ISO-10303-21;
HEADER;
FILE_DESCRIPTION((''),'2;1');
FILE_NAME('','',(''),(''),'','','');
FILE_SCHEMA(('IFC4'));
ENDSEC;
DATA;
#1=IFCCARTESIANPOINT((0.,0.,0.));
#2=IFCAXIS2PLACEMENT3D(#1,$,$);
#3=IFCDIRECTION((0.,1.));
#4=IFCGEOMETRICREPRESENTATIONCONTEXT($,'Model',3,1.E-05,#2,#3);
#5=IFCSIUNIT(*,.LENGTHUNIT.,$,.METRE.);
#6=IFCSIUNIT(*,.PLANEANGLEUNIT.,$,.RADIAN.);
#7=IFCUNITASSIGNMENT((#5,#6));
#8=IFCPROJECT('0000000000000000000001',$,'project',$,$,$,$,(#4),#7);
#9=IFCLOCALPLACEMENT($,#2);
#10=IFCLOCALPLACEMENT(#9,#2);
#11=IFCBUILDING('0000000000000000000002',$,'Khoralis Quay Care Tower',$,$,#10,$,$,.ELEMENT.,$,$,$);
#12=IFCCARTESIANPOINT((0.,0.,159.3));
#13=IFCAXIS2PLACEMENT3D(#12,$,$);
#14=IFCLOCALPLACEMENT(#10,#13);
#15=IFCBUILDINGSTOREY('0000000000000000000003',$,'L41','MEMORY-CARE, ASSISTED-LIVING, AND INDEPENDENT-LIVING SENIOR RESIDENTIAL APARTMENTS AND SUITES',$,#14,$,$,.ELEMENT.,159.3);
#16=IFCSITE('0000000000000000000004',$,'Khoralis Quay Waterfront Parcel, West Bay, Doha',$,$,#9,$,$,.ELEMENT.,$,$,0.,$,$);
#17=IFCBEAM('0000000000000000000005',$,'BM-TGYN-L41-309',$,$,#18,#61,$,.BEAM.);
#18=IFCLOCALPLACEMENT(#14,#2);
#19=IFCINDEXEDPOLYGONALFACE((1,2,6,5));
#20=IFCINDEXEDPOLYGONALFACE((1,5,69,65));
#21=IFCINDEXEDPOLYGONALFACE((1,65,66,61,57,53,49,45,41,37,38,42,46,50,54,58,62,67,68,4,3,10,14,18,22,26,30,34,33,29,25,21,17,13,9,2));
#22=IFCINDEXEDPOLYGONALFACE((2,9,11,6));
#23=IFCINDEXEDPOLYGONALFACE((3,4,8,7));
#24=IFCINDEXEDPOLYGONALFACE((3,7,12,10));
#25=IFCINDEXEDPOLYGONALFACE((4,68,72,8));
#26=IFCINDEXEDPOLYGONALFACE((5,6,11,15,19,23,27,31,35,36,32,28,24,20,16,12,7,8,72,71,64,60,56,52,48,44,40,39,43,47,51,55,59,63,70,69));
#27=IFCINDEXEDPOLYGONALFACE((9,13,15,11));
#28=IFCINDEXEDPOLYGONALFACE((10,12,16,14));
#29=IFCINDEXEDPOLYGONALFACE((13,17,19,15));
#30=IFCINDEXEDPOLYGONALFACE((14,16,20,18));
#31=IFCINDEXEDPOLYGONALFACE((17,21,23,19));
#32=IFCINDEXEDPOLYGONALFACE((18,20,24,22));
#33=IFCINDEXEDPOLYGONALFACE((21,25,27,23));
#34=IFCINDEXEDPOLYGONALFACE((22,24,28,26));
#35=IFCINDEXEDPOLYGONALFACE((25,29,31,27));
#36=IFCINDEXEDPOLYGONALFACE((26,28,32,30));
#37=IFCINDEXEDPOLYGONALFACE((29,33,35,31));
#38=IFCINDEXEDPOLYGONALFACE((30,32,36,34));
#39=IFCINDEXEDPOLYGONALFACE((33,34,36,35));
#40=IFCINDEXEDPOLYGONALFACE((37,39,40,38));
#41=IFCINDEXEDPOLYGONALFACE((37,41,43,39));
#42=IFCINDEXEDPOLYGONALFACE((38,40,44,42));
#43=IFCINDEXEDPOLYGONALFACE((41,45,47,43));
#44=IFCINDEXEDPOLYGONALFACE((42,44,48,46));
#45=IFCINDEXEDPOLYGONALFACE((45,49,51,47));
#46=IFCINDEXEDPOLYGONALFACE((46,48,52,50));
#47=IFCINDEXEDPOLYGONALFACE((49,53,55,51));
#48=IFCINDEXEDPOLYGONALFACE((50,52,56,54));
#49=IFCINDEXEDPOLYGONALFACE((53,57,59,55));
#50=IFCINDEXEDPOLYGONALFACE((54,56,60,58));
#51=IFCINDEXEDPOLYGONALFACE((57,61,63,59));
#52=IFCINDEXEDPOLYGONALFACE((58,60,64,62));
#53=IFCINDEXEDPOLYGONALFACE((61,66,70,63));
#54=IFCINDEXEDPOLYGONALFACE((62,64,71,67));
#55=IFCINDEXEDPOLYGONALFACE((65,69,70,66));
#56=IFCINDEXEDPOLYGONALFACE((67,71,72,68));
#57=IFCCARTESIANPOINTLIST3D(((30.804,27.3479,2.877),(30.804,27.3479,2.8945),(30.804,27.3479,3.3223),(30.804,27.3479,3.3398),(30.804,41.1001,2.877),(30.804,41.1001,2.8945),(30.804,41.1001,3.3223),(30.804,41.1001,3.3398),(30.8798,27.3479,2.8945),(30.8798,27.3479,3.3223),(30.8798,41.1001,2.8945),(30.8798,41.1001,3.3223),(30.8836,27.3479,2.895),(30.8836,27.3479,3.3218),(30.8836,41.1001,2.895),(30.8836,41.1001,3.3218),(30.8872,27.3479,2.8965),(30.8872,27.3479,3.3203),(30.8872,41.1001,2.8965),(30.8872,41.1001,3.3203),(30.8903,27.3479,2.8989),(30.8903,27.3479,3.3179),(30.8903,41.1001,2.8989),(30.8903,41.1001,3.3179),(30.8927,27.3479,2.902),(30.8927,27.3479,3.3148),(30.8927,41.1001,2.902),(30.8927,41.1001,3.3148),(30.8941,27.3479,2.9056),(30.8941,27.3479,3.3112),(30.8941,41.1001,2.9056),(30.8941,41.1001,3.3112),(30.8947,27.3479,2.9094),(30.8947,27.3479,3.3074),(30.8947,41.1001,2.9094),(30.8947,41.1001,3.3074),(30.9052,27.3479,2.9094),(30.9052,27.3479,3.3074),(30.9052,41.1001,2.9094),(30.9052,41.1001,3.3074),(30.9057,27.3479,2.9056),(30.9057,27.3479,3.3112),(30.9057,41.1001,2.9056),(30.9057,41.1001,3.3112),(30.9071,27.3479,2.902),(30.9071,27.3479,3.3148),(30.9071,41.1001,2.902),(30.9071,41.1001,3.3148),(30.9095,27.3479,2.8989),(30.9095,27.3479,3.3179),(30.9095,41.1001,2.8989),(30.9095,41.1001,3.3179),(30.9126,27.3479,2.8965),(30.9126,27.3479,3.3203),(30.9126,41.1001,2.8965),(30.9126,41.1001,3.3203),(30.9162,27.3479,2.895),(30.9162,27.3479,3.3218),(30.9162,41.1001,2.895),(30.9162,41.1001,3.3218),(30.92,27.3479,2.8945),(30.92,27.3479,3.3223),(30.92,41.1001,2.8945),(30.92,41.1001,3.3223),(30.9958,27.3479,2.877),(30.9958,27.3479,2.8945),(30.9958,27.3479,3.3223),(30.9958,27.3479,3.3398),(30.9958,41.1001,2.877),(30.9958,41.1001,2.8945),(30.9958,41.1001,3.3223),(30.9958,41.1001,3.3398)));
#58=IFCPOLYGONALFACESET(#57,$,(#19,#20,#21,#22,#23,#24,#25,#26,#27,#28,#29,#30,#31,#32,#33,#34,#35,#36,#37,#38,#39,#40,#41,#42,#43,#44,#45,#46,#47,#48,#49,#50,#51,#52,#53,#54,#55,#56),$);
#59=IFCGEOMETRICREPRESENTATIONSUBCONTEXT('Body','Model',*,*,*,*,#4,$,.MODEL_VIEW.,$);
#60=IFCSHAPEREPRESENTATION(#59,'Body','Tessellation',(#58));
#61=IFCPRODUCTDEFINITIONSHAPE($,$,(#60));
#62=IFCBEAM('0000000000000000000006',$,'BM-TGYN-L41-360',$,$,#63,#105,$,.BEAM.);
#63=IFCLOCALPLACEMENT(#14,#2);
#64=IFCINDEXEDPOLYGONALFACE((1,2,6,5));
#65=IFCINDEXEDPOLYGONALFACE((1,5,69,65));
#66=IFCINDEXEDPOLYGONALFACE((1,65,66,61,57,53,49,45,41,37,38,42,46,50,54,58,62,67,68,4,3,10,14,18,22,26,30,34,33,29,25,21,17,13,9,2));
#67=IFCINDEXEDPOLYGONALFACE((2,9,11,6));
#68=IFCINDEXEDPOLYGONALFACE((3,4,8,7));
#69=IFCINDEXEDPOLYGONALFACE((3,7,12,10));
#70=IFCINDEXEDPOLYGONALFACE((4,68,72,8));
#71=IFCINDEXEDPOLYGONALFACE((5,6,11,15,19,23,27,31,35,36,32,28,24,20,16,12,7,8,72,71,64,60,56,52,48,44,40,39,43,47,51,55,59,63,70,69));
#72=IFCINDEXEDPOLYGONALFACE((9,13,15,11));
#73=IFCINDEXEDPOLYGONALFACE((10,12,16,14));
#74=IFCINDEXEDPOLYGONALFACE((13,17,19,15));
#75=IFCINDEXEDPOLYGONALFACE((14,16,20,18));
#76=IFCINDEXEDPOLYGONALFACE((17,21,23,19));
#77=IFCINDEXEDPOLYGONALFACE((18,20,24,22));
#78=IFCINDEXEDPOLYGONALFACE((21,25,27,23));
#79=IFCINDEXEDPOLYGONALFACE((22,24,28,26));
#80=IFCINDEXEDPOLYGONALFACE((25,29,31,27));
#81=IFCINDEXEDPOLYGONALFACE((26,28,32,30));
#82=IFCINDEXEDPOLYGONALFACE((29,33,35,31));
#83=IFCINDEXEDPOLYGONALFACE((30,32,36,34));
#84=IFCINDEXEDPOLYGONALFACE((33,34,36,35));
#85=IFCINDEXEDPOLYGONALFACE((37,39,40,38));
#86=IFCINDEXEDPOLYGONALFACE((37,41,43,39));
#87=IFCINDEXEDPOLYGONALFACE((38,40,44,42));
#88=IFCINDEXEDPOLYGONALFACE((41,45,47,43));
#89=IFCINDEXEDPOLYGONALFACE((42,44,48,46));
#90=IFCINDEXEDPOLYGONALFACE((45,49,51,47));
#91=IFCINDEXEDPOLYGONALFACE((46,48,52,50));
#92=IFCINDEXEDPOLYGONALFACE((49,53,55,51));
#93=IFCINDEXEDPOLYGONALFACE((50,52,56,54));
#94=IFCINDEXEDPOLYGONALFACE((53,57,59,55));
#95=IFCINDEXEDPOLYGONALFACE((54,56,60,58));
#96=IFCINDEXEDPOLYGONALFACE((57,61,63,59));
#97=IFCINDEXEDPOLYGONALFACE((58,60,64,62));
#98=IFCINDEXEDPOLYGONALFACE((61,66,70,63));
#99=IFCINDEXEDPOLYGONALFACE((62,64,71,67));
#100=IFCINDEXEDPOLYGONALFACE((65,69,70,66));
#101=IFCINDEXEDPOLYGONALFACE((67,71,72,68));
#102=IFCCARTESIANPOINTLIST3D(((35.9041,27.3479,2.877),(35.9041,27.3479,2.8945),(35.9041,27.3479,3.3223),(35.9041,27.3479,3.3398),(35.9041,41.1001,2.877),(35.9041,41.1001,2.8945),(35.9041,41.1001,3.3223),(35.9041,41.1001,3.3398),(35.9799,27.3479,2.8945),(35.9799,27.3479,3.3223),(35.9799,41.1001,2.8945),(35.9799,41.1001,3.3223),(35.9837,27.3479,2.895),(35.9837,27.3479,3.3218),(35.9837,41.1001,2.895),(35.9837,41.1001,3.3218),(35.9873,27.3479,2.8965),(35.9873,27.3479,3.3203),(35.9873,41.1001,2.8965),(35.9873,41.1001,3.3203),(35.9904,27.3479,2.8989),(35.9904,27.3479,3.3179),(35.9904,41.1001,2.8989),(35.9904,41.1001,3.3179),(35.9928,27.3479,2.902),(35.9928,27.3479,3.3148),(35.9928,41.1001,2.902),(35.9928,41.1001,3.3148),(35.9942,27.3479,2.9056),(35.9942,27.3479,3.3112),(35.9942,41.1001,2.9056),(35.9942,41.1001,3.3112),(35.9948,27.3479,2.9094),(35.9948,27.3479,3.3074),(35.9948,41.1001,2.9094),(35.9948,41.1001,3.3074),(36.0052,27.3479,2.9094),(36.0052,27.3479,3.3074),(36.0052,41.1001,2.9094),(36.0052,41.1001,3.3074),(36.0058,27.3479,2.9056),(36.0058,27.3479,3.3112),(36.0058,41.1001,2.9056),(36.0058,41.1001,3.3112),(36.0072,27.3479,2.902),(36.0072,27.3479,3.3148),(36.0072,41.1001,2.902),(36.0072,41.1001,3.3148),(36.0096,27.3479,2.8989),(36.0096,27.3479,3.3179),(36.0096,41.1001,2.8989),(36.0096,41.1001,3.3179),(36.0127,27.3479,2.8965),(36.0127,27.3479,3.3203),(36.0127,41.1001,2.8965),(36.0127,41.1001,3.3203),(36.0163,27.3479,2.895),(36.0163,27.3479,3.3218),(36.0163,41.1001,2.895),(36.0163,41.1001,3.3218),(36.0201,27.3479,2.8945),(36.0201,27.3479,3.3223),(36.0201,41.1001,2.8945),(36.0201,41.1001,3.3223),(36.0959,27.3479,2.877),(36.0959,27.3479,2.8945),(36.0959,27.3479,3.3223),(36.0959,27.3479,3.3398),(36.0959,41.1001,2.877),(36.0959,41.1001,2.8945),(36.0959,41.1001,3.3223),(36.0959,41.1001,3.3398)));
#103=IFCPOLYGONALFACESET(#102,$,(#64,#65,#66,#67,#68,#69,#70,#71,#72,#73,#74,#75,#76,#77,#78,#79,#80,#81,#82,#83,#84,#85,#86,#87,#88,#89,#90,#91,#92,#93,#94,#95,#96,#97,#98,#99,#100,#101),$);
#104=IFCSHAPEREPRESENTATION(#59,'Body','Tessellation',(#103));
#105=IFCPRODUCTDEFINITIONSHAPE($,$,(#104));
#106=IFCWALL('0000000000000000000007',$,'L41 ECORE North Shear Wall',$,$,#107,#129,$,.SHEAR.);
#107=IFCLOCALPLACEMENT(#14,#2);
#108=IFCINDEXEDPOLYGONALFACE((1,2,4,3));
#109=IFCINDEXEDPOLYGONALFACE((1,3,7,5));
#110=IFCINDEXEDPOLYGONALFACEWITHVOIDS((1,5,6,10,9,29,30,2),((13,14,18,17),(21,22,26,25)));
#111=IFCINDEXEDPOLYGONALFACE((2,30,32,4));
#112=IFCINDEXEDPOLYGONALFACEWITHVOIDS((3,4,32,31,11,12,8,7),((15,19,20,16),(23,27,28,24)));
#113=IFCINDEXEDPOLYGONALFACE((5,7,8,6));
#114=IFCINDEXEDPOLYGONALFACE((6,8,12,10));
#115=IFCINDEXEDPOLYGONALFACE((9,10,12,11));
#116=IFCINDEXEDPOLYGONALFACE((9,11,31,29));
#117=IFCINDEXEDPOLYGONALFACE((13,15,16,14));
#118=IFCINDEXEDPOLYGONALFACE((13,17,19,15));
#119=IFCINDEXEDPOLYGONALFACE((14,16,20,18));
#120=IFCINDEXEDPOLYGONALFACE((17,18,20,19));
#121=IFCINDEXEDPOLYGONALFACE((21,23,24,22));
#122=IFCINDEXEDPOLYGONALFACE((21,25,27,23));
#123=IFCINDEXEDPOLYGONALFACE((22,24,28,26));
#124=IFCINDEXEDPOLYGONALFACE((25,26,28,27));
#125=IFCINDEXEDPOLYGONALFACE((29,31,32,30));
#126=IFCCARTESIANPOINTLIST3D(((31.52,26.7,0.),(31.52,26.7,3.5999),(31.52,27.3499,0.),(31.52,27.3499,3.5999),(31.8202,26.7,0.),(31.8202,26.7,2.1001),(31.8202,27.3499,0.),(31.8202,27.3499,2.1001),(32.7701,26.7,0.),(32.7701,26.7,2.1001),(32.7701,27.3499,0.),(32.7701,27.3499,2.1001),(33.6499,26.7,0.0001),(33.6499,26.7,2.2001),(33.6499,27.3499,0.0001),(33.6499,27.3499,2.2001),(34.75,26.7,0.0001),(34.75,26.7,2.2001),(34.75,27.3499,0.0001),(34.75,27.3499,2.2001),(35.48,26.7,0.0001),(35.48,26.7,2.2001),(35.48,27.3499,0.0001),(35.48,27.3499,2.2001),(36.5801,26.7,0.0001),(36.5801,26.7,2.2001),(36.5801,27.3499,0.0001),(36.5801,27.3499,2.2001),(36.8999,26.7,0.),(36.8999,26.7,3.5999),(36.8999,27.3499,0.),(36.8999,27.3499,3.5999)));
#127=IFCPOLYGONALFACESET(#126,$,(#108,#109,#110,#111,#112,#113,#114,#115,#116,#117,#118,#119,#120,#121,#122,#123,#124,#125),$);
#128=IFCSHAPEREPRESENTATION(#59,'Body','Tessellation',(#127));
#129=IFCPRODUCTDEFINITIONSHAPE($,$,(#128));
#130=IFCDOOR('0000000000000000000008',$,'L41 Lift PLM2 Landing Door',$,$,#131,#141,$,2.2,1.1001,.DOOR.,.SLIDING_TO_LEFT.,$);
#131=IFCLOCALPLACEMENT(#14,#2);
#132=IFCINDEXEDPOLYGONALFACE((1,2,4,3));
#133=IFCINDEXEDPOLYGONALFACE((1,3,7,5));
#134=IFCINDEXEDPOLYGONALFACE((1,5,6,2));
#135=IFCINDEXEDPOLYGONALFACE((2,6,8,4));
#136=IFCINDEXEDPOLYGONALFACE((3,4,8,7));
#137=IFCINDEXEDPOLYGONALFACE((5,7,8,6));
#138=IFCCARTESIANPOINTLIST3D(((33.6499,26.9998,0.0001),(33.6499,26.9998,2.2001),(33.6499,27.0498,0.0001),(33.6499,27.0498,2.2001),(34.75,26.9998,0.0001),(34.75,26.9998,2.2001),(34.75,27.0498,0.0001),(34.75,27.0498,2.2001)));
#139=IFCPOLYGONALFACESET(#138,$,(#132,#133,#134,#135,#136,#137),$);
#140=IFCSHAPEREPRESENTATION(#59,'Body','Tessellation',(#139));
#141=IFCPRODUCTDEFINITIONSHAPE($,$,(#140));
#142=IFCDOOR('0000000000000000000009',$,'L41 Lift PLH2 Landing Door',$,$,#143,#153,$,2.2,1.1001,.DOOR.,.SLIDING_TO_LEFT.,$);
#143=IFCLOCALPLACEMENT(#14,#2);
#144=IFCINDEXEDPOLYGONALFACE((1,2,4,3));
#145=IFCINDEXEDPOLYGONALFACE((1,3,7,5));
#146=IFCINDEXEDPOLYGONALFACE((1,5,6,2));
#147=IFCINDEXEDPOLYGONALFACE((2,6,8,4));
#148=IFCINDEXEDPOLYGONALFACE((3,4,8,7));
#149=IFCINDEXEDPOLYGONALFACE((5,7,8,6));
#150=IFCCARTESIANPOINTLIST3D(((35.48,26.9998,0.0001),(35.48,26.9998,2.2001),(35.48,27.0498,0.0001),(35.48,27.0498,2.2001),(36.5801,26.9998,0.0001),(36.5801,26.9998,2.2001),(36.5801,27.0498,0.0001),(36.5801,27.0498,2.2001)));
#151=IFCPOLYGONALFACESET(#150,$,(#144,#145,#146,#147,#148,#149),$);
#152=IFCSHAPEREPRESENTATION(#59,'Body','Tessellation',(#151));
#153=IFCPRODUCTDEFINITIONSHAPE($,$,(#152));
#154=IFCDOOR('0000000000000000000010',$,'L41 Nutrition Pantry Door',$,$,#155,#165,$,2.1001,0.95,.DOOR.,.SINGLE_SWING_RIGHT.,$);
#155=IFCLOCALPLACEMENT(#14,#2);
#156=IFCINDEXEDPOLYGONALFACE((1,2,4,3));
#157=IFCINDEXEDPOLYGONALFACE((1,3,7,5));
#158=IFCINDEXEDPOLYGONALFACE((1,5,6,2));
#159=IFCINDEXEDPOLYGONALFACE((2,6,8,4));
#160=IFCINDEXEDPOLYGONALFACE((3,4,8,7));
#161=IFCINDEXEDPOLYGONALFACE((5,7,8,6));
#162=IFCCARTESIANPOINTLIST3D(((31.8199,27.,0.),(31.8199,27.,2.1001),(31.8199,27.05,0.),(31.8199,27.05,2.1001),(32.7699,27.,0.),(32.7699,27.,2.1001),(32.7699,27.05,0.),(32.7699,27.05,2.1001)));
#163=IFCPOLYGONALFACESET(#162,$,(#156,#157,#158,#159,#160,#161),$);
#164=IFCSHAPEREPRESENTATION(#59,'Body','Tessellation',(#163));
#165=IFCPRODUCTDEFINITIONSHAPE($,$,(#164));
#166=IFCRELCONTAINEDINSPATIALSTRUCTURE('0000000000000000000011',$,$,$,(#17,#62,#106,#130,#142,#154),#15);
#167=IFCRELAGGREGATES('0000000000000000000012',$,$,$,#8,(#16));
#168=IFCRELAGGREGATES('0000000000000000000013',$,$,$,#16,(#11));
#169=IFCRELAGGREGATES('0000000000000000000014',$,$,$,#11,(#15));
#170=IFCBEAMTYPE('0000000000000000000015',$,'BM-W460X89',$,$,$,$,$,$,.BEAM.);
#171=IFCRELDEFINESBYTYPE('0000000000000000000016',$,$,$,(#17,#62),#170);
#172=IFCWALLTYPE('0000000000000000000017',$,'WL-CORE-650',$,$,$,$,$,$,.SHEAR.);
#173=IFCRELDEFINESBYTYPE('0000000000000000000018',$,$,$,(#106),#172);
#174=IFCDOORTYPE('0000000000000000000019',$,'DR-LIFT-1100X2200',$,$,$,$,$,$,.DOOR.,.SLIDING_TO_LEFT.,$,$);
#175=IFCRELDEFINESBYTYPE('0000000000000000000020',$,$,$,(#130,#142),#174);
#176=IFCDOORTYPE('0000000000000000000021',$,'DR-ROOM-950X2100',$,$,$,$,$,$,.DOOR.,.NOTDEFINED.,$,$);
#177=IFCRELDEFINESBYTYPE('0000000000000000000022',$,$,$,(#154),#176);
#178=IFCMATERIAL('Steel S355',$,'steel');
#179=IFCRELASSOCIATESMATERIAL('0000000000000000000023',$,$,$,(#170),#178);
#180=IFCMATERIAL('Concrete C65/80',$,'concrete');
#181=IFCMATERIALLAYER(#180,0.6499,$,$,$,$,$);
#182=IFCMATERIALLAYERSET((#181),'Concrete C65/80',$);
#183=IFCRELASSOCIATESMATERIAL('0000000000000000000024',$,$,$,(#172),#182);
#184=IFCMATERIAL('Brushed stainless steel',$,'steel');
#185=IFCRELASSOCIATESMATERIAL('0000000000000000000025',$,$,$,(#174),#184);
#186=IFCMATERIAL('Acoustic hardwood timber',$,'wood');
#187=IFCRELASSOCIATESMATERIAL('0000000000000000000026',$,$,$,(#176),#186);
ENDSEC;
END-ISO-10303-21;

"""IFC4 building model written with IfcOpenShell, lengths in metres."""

from ifc_helpers import new_model, si_unit, direction, frame, frame_2d, origin, origin_2d, place, context, subcontext, project, spatial, rectangle, i_section, extrude, source, transform, mapped, material, layer, layer_set, material_profile, profile_set, type_object, element, fill, save


model = new_model("IFC4")

# Units and contexts
model_context = context("Model", 3, precision=1e-05, world=origin(), true_north=direction((0.0, 1.0)))
body_context = subcontext(model_context, "Body", "Model", "MODEL_VIEW")
ifc_project = project(units=[si_unit("LENGTHUNIT", "METRE"), si_unit("PLANEANGLEUNIT", "RADIAN")], contexts=[model_context])

# Site, building, storey
site_placement = place(None, origin())
site = spatial("IfcSite", under=ifc_project, at=site_placement, Name="Khoralis Quay Waterfront Parcel, West Bay, Doha", CompositionType="ELEMENT", RefElevation=0.0)
building_placement = place(site_placement, origin())
building = spatial("IfcBuilding", under=site, at=building_placement, Name="Khoralis Quay Care Tower", CompositionType="ELEMENT")
storey_placement = place(building_placement, frame((0.0, 0.0, 159.3)))
storey = spatial("IfcBuildingStorey", under=building, at=storey_placement, Name="L41", Description="MEMORY-CARE, ASSISTED-LIVING, AND INDEPENDENT-LIVING SENIOR RESIDENTIAL APARTMENTS AND SUITES", CompositionType="ELEMENT", Elevation=159.3)

# Beams
ifc_material_1 = material(Name="Steel S355", Category="steel")
ifc_material_profile_1 = material_profile(ifc_material_1, i_section(OverallWidth=0.1919, OverallDepth=0.4629, WebThickness=0.0105, FlangeThickness=0.0176, FilletRadius=0.0149, at=origin_2d()), Name="Steel S355")
ifc_profile_set_1 = profile_set([ifc_material_profile_1], Name="Steel S355")
beam_type_1 = type_object("IfcBeamType", Name="BM-W460X89", PredefinedType="BEAM", material=ifc_profile_set_1)
shared_shape_1 = source(origin(), body_context, "Body", "SweptSolid", [
    extrude(i_section(OverallWidth=0.1919, OverallDepth=0.4629, WebThickness=0.0105, FlangeThickness=0.0176, FilletRadius=0.0149, at=origin_2d()), origin(), (0.0, 0.0, 1.0), 13.7522),
])
for number, where, z_axis, x_axis, name in (
    (1, (30.8999, 27.3479, 3.1084), (0.0, 1.0, 0.0), (-1.0, 0.0, 0.0), "BM-TGYN-L41-309"),
    (2, (36.0, 27.3479, 3.1084), (0.0, 1.0, 0.0), (-1.0, 0.0, 0.0), "BM-TGYN-L41-360"),
):
    element("IfcBeam", number, at=place(storey_placement, frame(where, z_axis=z_axis, x_axis=x_axis)), inside=storey, type_object=beam_type_1, Name=name, PredefinedType="BEAM", context=body_context, shape_type="MappedRepresentation", body=[
        mapped(shared_shape_1, transform((0.0, 0.0, 0.0), scale=1.0)),
    ])

# Wall, openings, doors
ifc_material_2 = material(Name="Concrete C65/80", Category="concrete")
ifc_layer_1 = layer(ifc_material_2, 0.6499)
ifc_layer_set_1 = layer_set([ifc_layer_1], Name="Concrete C65/80")
wall_type_1 = type_object("IfcWallType", Name="WL-CORE-650", PredefinedType="SHEAR", material=ifc_layer_set_1)
wall_1_placement = place(storey_placement, frame((31.52, 27.0249, 0.0), z_axis=(0.0, 0.0, 1.0), x_axis=(1.0, 0.0, 0.0)))
wall_1 = element("IfcWall", 3, at=wall_1_placement, inside=storey, type_object=wall_type_1, Name="L41 ECORE North Shear Wall", PredefinedType="SHEAR", context=body_context, shape_type="SweptSolid", body=[
    extrude(rectangle(XDim=5.3799, YDim=0.6499, at=frame_2d((2.6899, 0.0))), origin(), (0.0, 0.0, 1.0), 3.5999),
])
opening_1_placement = place(wall_1_placement, frame((0.3, 0.0, 0.0)))
opening_1 = element("IfcOpeningElement", 4, at=opening_1_placement, cuts=wall_1, PredefinedType="OPENING", context=body_context, shape_type="SweptSolid", body=[
    extrude(rectangle(XDim=0.95, YDim=2.1001, at=frame_2d((0.4751, 1.05))), frame((0.0, 0.335, 0.0), z_axis=(0.0, -1.0, 0.0), x_axis=(1.0, 0.0, 0.0)), (0.0, 0.0, 1.0), 0.6699),
])
opening_2_placement = place(wall_1_placement, frame((2.1299, 0.0, 0.0)))
opening_2 = element("IfcOpeningElement", 5, at=opening_2_placement, cuts=wall_1, PredefinedType="OPENING", context=body_context, shape_type="SweptSolid", body=[
    extrude(rectangle(XDim=1.1001, YDim=2.2, at=frame_2d((0.55, 1.1001))), frame((0.0, 0.335, 0.0), z_axis=(0.0, -1.0, 0.0), x_axis=(1.0, 0.0, 0.0)), (0.0, 0.0, 1.0), 0.6699),
])
opening_3_placement = place(wall_1_placement, frame((3.96, 0.0, 0.0)))
opening_3 = element("IfcOpeningElement", 6, at=opening_3_placement, cuts=wall_1, PredefinedType="OPENING", context=body_context, shape_type="SweptSolid", body=[
    extrude(rectangle(XDim=1.1001, YDim=2.2, at=frame_2d((0.55, 1.1001))), frame((0.0, 0.335, 0.0), z_axis=(0.0, -1.0, 0.0), x_axis=(1.0, 0.0, 0.0)), (0.0, 0.0, 1.0), 0.6699),
])
ifc_material_3 = material(Name="Brushed stainless steel", Category="steel")
door_type_1 = type_object("IfcDoorType", Name="DR-LIFT-1100X2200", OperationType="SLIDING_TO_LEFT", PredefinedType="DOOR", material=ifc_material_3)
shared_shape_2 = source(origin(), body_context, "Body", "SweptSolid", [
    extrude(rectangle(XDim=1.1001, YDim=2.2, at=frame_2d((0.55, 1.1001))), frame((0.0, 0.0249, 0.0), z_axis=(0.0, -1.0, 0.0), x_axis=(1.0, 0.0, 0.0)), (0.0, 0.0, 1.0), 0.05),
])
door_1_placement = place(opening_2_placement, origin())
door_1 = element("IfcDoor", 7, at=door_1_placement, inside=storey, type_object=door_type_1, Name="L41 Lift PLM2 Landing Door", OperationType="SLIDING_TO_LEFT", OverallHeight=2.2, OverallWidth=1.1001, PredefinedType="DOOR", context=body_context, shape_type="MappedRepresentation", body=[
    mapped(shared_shape_2, transform((0.0, 0.0, 0.0), scale=1.0)),
])
fill(opening_2, door_1)
door_2_placement = place(opening_3_placement, origin())
door_2 = element("IfcDoor", 8, at=door_2_placement, inside=storey, type_object=door_type_1, Name="L41 Lift PLH2 Landing Door", OperationType="SLIDING_TO_LEFT", OverallHeight=2.2, OverallWidth=1.1001, PredefinedType="DOOR", context=body_context, shape_type="MappedRepresentation", body=[
    mapped(shared_shape_2, transform((0.0, 0.0, 0.0), scale=1.0)),
])
fill(opening_3, door_2)
ifc_material_4 = material(Name="Acoustic hardwood timber", Category="wood")
door_type_2 = type_object("IfcDoorType", Name="DR-ROOM-950X2100", OperationType="NOTDEFINED", PredefinedType="DOOR", material=ifc_material_4)
shared_shape_3 = source(origin(), body_context, "Body", "SweptSolid", [
    extrude(rectangle(XDim=0.95, YDim=2.1001, at=frame_2d((0.4751, 1.05))), frame((0.0, 0.0249, 0.0), z_axis=(0.0, -1.0, 0.0), x_axis=(1.0, 0.0, 0.0)), (0.0, 0.0, 1.0), 0.05),
])
door_3_placement = place(opening_1_placement, frame((0.95, 0.0, 0.0), z_axis=(0.0, 0.0, 1.0), x_axis=(-1.0, 0.0, 0.0)))
door_3 = element("IfcDoor", 9, at=door_3_placement, inside=storey, type_object=door_type_2, Name="L41 Nutrition Pantry Door", OperationType="SINGLE_SWING_RIGHT", OverallHeight=2.1001, OverallWidth=0.95, PredefinedType="DOOR", context=body_context, shape_type="MappedRepresentation", body=[
    mapped(shared_shape_3, transform((0.0, 0.0, 0.0), scale=1.0)),
])
fill(opening_1, door_3)

save(model, "model.ifc")
